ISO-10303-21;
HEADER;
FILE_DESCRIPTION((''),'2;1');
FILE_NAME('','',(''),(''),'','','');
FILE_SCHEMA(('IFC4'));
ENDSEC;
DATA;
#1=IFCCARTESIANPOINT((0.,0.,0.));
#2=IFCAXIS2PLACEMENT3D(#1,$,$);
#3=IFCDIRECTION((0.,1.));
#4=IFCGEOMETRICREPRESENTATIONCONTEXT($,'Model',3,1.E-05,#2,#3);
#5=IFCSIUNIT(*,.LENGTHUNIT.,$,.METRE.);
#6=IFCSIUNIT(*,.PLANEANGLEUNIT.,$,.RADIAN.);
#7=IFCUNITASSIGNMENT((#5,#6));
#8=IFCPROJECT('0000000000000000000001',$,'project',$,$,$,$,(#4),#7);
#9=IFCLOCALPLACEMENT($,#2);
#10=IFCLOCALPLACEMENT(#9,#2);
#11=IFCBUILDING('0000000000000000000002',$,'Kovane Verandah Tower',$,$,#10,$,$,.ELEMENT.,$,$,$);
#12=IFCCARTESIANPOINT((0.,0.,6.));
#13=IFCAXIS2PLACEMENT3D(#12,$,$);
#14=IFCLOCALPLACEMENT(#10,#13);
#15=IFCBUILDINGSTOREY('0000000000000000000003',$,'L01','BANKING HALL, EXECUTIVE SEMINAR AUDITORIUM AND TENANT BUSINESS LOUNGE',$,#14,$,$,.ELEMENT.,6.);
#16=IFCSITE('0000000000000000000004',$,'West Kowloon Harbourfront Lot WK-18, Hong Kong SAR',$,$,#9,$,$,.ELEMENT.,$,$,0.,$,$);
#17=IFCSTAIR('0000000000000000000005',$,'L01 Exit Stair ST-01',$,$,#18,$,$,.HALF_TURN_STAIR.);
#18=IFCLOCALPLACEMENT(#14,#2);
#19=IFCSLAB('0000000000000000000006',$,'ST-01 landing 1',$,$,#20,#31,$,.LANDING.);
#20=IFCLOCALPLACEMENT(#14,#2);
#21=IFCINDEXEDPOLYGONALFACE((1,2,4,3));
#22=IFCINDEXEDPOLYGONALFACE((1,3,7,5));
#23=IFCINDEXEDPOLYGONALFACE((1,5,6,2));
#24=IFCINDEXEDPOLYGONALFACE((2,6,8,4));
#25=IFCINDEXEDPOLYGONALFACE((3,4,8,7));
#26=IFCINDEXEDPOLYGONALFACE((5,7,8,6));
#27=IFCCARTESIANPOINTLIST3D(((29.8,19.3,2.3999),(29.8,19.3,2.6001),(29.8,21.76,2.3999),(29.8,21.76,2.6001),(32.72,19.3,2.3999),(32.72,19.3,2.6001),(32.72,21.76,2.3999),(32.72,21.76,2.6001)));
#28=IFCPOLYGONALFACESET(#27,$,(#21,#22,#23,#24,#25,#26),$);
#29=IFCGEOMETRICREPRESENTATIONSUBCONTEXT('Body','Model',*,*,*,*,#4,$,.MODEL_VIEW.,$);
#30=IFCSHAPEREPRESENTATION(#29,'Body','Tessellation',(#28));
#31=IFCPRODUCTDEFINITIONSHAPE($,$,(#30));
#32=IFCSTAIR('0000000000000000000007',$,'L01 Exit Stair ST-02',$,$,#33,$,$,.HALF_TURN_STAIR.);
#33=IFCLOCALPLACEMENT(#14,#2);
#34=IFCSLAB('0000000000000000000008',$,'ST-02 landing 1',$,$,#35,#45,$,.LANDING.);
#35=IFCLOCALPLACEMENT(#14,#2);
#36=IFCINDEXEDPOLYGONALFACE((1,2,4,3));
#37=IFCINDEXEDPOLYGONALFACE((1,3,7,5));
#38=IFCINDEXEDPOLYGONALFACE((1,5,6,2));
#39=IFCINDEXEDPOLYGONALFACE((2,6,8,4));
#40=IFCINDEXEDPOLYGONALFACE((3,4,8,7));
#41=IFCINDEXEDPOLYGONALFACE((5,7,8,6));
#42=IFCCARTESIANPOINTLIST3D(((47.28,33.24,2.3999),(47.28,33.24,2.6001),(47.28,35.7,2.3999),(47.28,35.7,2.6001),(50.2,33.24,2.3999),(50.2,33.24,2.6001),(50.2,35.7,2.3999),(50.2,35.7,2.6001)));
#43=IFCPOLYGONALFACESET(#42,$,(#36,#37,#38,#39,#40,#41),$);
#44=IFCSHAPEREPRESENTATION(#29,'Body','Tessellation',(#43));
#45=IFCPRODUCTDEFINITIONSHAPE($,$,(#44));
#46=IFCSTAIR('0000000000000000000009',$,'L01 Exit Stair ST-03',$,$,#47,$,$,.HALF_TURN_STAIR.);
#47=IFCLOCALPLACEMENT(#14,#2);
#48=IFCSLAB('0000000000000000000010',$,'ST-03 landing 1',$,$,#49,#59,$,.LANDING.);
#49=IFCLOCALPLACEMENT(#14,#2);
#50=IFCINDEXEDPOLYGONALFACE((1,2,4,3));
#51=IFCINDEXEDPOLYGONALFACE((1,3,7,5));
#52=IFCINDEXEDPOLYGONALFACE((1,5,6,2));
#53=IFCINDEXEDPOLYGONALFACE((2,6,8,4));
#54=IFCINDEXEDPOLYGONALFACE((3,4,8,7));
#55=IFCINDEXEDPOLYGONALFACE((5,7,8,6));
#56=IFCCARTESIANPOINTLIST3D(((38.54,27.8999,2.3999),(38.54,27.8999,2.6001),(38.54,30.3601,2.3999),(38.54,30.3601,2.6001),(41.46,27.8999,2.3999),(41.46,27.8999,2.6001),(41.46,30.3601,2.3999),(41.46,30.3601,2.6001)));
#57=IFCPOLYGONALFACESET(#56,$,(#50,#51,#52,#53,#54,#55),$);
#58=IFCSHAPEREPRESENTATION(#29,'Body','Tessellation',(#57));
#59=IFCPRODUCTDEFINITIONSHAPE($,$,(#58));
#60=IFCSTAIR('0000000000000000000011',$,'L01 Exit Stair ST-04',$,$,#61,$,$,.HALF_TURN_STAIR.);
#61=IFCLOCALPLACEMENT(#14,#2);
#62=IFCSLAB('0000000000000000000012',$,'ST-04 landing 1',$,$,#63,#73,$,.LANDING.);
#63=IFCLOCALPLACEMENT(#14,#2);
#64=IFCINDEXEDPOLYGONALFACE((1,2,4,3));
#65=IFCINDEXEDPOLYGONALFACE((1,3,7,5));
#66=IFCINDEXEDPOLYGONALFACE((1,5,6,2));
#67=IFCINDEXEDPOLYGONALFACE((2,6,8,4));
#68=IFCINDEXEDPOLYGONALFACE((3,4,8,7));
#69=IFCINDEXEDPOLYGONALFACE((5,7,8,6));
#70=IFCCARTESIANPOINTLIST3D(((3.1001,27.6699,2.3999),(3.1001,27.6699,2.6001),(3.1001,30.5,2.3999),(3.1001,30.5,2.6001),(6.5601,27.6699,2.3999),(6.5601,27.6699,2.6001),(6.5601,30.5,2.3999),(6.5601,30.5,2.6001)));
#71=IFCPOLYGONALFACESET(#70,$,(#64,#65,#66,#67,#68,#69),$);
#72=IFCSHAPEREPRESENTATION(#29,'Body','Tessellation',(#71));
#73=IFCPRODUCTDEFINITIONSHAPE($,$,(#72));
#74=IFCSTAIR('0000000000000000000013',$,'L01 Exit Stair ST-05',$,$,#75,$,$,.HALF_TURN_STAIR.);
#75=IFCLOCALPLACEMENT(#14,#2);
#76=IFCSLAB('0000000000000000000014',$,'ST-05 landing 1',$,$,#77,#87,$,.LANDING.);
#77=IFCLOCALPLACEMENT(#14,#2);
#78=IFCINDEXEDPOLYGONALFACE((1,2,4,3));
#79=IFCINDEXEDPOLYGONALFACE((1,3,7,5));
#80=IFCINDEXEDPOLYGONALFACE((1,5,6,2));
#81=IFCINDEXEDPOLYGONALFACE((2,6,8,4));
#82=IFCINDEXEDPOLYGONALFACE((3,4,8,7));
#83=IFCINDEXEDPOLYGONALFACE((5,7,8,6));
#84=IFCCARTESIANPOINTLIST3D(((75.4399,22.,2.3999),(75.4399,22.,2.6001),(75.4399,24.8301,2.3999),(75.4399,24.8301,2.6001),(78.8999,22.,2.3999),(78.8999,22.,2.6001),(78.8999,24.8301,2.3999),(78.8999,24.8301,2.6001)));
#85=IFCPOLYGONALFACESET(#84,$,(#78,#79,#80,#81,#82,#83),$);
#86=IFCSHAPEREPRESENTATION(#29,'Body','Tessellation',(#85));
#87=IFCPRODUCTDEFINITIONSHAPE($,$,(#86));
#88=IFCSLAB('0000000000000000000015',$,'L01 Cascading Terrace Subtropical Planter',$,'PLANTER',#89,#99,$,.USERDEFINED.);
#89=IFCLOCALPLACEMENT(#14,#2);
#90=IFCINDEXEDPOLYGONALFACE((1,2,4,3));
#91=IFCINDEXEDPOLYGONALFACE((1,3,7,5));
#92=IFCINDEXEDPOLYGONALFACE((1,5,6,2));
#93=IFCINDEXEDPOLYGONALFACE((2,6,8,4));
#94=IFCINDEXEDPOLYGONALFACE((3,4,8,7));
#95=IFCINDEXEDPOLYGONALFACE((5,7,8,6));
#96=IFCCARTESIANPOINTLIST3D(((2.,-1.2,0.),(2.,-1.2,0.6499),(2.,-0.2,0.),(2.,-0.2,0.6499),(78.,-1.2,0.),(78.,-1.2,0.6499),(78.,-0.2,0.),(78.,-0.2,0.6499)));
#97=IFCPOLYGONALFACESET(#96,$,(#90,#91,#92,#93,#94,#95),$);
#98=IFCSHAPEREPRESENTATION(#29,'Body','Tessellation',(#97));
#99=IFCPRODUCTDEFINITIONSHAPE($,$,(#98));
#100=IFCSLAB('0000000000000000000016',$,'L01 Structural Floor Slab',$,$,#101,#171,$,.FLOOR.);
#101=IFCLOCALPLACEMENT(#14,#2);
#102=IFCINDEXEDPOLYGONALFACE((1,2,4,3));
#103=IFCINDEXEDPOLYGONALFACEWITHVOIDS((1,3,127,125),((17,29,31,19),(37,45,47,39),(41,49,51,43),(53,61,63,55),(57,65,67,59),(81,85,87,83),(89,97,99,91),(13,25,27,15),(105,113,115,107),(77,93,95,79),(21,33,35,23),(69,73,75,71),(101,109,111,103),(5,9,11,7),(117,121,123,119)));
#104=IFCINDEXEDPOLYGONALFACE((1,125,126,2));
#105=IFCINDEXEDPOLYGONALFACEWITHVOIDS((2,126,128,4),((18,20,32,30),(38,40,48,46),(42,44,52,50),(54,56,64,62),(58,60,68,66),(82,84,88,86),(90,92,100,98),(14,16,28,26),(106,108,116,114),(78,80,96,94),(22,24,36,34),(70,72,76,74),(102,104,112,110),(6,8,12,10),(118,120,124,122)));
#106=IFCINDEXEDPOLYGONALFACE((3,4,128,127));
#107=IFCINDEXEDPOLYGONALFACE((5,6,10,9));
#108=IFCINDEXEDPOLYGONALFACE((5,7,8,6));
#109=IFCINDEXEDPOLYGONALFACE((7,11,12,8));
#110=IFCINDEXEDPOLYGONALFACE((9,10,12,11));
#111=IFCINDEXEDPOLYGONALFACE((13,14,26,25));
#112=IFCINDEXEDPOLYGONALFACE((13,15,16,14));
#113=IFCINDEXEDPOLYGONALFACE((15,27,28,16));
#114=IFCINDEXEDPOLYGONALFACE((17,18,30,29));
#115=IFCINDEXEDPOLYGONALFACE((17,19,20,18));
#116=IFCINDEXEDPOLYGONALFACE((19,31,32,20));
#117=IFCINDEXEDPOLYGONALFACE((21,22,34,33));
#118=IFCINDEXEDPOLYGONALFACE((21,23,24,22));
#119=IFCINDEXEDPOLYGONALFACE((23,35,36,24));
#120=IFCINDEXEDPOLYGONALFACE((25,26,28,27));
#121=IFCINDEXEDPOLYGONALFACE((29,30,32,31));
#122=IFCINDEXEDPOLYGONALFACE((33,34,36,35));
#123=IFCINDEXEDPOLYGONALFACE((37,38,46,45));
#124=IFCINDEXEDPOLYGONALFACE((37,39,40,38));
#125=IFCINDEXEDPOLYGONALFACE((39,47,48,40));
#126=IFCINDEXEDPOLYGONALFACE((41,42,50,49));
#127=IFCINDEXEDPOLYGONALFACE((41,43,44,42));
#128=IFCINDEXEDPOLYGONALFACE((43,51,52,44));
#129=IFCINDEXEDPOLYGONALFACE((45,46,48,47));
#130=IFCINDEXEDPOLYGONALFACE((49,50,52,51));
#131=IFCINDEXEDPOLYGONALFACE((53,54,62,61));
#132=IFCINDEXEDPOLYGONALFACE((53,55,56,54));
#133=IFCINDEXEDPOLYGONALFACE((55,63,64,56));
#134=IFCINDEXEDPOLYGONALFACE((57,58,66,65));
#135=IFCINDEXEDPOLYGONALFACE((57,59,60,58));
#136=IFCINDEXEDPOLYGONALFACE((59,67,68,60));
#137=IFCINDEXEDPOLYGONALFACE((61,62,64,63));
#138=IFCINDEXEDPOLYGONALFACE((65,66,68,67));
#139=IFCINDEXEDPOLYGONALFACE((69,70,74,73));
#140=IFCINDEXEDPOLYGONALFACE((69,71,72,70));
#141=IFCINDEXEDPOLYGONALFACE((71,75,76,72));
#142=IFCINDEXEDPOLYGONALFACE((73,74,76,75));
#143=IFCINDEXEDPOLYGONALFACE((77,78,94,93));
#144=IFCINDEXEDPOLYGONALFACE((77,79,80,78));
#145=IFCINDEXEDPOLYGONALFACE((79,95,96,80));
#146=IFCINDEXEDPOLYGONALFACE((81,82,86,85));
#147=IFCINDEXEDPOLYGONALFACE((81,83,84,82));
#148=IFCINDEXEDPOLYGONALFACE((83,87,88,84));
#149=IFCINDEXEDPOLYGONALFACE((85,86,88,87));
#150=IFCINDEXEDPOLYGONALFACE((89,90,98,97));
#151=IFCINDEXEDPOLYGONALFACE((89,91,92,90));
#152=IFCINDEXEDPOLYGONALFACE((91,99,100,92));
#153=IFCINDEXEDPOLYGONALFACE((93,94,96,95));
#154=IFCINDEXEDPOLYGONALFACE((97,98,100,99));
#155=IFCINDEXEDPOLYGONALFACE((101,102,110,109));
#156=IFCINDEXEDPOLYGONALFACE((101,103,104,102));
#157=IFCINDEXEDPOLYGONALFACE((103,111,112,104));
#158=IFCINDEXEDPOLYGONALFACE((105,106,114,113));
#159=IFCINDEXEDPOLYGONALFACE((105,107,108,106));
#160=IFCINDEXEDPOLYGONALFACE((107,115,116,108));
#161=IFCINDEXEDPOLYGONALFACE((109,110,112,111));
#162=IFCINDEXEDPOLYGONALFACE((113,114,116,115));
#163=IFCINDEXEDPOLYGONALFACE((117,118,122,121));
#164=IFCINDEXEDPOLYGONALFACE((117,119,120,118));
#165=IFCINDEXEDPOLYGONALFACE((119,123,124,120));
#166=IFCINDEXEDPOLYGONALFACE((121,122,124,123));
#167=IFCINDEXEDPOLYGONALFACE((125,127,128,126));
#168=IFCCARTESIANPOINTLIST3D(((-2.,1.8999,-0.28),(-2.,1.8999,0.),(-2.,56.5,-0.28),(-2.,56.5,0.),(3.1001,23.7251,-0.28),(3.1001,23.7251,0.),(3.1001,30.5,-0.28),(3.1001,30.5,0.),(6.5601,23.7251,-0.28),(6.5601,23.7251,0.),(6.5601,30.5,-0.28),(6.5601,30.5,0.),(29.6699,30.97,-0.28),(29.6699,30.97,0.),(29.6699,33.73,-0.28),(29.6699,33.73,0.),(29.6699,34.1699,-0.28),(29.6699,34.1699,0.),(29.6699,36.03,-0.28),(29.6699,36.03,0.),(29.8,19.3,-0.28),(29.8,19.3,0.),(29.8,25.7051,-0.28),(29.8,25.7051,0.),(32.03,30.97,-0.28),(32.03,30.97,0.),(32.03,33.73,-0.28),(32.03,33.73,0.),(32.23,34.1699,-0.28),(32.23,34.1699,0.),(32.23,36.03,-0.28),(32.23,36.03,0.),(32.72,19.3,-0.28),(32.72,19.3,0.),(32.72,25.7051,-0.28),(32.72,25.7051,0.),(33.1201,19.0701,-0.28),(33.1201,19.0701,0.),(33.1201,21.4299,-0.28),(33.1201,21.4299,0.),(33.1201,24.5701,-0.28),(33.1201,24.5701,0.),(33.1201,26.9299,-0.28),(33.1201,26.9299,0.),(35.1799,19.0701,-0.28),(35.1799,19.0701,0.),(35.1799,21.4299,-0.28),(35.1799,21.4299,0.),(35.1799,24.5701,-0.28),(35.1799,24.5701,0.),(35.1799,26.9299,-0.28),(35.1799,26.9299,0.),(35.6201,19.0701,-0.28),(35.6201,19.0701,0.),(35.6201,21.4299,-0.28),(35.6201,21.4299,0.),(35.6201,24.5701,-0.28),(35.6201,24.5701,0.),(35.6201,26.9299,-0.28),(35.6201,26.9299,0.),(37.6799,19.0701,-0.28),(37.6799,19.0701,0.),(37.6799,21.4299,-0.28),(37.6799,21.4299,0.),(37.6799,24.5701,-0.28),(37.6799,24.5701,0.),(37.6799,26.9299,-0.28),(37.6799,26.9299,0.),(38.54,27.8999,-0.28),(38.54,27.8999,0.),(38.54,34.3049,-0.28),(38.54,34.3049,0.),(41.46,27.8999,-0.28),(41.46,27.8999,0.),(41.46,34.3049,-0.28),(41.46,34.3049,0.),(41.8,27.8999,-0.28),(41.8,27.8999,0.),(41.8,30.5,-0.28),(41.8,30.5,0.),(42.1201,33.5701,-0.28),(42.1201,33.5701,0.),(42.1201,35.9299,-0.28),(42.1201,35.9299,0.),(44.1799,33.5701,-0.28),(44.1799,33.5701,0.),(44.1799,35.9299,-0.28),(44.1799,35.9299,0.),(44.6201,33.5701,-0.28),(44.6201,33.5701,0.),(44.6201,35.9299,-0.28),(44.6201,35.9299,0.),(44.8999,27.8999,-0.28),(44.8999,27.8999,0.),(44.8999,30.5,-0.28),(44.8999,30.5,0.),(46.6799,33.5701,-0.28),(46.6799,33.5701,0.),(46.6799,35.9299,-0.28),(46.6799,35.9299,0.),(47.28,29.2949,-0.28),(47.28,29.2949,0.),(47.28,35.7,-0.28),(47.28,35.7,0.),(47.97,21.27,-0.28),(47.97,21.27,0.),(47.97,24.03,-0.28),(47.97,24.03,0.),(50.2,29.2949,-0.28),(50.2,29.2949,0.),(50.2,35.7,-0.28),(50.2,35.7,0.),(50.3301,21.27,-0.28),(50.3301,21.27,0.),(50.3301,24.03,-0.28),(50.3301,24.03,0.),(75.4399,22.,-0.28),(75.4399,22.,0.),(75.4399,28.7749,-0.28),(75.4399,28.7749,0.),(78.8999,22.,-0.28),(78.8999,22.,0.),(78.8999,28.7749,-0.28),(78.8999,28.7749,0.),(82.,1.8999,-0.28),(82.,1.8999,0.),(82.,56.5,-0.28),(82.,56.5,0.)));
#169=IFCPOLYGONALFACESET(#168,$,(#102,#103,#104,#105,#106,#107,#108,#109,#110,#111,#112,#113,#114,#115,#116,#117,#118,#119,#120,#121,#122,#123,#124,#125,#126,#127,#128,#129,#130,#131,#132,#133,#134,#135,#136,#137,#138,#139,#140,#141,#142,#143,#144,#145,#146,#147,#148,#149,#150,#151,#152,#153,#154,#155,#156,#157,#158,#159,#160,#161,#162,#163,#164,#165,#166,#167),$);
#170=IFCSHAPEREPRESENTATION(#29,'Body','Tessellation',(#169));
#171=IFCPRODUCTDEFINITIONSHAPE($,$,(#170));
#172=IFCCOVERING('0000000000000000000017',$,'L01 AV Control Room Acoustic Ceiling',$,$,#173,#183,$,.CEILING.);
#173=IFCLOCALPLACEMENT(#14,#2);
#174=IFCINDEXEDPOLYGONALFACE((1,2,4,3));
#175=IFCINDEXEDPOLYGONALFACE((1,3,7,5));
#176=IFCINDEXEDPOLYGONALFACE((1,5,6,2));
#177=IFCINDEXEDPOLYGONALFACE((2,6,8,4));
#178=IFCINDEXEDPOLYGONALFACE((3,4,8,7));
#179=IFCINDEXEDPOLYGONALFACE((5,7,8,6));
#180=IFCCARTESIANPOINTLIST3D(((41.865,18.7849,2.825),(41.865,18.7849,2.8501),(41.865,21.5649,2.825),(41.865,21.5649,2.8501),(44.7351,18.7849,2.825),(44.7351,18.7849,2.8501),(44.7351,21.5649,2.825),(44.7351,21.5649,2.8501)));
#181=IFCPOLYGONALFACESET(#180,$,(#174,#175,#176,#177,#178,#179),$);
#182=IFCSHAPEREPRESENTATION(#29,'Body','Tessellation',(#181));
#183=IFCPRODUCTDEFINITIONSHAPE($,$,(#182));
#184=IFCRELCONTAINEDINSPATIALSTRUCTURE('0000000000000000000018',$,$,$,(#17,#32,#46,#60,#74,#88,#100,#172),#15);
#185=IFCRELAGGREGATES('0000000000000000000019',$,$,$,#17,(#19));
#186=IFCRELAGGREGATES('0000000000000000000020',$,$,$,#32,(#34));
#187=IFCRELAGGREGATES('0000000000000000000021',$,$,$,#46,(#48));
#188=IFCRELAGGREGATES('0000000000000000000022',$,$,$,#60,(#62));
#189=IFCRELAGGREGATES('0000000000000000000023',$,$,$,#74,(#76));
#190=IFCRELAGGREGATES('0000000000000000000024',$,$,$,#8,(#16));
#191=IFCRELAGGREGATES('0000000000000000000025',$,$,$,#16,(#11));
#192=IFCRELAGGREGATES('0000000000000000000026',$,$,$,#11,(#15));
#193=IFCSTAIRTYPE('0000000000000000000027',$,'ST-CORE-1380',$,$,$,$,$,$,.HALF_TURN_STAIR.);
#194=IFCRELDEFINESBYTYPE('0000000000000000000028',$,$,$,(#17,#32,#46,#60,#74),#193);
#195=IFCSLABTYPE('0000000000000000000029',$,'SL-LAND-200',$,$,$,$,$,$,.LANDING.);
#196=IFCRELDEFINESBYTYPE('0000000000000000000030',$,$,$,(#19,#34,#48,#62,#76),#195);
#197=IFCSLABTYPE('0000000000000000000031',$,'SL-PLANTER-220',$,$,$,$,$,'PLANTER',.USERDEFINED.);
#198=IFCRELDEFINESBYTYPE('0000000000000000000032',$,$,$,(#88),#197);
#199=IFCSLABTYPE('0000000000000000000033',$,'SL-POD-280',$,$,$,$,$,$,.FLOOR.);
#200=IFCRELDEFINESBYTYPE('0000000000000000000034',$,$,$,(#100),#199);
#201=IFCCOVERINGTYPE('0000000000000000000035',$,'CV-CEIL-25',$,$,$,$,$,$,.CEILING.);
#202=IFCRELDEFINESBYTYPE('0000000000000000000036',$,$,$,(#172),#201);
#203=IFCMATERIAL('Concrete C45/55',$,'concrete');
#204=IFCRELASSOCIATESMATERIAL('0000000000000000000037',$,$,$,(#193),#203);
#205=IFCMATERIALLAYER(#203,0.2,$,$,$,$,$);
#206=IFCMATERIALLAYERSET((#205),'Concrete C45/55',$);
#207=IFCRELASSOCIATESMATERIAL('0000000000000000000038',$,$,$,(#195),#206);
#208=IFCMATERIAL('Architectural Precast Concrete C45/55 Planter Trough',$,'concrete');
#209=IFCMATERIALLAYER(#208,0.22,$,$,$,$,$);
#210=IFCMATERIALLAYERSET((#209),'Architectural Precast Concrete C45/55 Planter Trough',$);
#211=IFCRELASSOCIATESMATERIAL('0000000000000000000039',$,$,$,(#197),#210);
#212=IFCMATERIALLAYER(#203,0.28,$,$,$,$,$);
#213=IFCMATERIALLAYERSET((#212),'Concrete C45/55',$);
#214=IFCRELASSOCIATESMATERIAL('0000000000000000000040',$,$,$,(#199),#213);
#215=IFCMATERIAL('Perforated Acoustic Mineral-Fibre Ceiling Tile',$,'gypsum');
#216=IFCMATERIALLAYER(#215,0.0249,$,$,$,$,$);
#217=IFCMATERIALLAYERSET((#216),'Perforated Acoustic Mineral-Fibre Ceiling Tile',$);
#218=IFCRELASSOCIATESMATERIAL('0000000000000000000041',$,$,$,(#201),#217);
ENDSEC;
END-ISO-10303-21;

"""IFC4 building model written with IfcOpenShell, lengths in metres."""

from ifc_helpers import new_model, si_unit, direction, frame, origin, place, context, subcontext, project, spatial, polyline, outline, extrude, material, layer, layer_set, type_object, element, aggregate, save


model = new_model("IFC4")

# Units and contexts
model_context = context("Model", 3, precision=1e-05, world=origin(), true_north=direction((0.0, 1.0)))
body_context = subcontext(model_context, "Body", "Model", "MODEL_VIEW")
ifc_project = project(units=[si_unit("LENGTHUNIT", "METRE"), si_unit("PLANEANGLEUNIT", "RADIAN")], contexts=[model_context])

# Site, building, storey
site_placement = place(None, origin())
site = spatial("IfcSite", under=ifc_project, at=site_placement, Name="West Kowloon Harbourfront Lot WK-18, Hong Kong SAR", CompositionType="ELEMENT", RefElevation=0.0)
building_placement = place(site_placement, origin())
building = spatial("IfcBuilding", under=site, at=building_placement, Name="Kovane Verandah Tower", CompositionType="ELEMENT")
storey_placement = place(building_placement, frame((0.0, 0.0, 6.0)))
storey = spatial("IfcBuildingStorey", under=building, at=storey_placement, Name="L01", Description="BANKING HALL, EXECUTIVE SEMINAR AUDITORIUM AND TENANT BUSINESS LOUNGE", CompositionType="ELEMENT", Elevation=6.0)

# Shared definitions
ifc_material_1 = material(Name="Concrete C45/55", Category="concrete")

# Stairs, slabs
stair_type = type_object("IfcStairType", Name="ST-CORE-1380", PredefinedType="HALF_TURN_STAIR", material=ifc_material_1)
stair_1_placement = place(storey_placement, origin())
stair_1 = element("IfcStair", 1, at=stair_1_placement, inside=storey, type_object=stair_type, Name="L01 Exit Stair ST-01", PredefinedType="HALF_TURN_STAIR")
ifc_layer_1 = layer(ifc_material_1, 0.2)
ifc_layer_set_1 = layer_set([ifc_layer_1], Name="Concrete C45/55")
slab_type_1 = type_object("IfcSlabType", Name="SL-LAND-200", PredefinedType="LANDING", material=ifc_layer_set_1)
slab_1_placement = place(storey_placement, frame((0.0, 0.0, 2.3999)))
slab_1 = element("IfcSlab", 2, at=slab_1_placement, type_object=slab_type_1, Name="ST-01 landing 1", PredefinedType="LANDING", context=body_context, shape_type="SweptSolid", body=[
    extrude(outline(polyline([(29.8, 21.76), (29.8, 19.3), (32.72, 19.3), (32.72, 21.76), (29.8, 21.76)])), origin(), (0.0, 0.0, 1.0), 0.2002),
])
aggregate(stair_1, [slab_1])
stair_2_placement = place(storey_placement, origin())
stair_2 = element("IfcStair", 3, at=stair_2_placement, inside=storey, type_object=stair_type, Name="L01 Exit Stair ST-02", PredefinedType="HALF_TURN_STAIR")
slab_2_placement = place(storey_placement, frame((0.0, 0.0, 2.3999)))
slab_2 = element("IfcSlab", 4, at=slab_2_placement, type_object=slab_type_1, Name="ST-02 landing 1", PredefinedType="LANDING", context=body_context, shape_type="SweptSolid", body=[
    extrude(outline(polyline([(50.2, 33.24), (50.2, 35.7), (47.28, 35.7), (47.28, 33.24), (50.2, 33.24)])), origin(), (0.0, 0.0, 1.0), 0.2002),
])
aggregate(stair_2, [slab_2])
stair_3_placement = place(storey_placement, origin())
stair_3 = element("IfcStair", 5, at=stair_3_placement, inside=storey, type_object=stair_type, Name="L01 Exit Stair ST-03", PredefinedType="HALF_TURN_STAIR")
slab_3_placement = place(storey_placement, frame((0.0, 0.0, 2.3999)))
slab_3 = element("IfcSlab", 6, at=slab_3_placement, type_object=slab_type_1, Name="ST-03 landing 1", PredefinedType="LANDING", context=body_context, shape_type="SweptSolid", body=[
    extrude(outline(polyline([(38.54, 30.3601), (38.54, 27.8999), (41.46, 27.8999), (41.46, 30.3601), (38.54, 30.3601)])), origin(), (0.0, 0.0, 1.0), 0.2002),
])
aggregate(stair_3, [slab_3])
stair_4_placement = place(storey_placement, origin())
stair_4 = element("IfcStair", 7, at=stair_4_placement, inside=storey, type_object=stair_type, Name="L01 Exit Stair ST-04", PredefinedType="HALF_TURN_STAIR")
slab_4_placement = place(storey_placement, frame((0.0, 0.0, 2.3999)))
slab_4 = element("IfcSlab", 8, at=slab_4_placement, type_object=slab_type_1, Name="ST-04 landing 1", PredefinedType="LANDING", context=body_context, shape_type="SweptSolid", body=[
    extrude(outline(polyline([(6.5601, 27.6699), (6.5601, 30.5), (3.1001, 30.5), (3.1001, 27.6699), (6.5601, 27.6699)])), origin(), (0.0, 0.0, 1.0), 0.2002),
])
aggregate(stair_4, [slab_4])
stair_5_placement = place(storey_placement, origin())
stair_5 = element("IfcStair", 9, at=stair_5_placement, inside=storey, type_object=stair_type, Name="L01 Exit Stair ST-05", PredefinedType="HALF_TURN_STAIR")
slab_5_placement = place(storey_placement, frame((0.0, 0.0, 2.3999)))
slab_5 = element("IfcSlab", 10, at=slab_5_placement, type_object=slab_type_1, Name="ST-05 landing 1", PredefinedType="LANDING", context=body_context, shape_type="SweptSolid", body=[
    extrude(outline(polyline([(75.4399, 24.8301), (75.4399, 22.0), (78.8999, 22.0), (78.8999, 24.8301), (75.4399, 24.8301)])), origin(), (0.0, 0.0, 1.0), 0.2002),
])
aggregate(stair_5, [slab_5])

# Slabs
ifc_material_2 = material(Name="Architectural Precast Concrete C45/55 Planter Trough", Category="concrete")
ifc_layer_2 = layer(ifc_material_2, 0.22)
ifc_layer_set_2 = layer_set([ifc_layer_2], Name="Architectural Precast Concrete C45/55 Planter Trough")
slab_type_2 = type_object("IfcSlabType", Name="SL-PLANTER-220", ElementType="PLANTER", PredefinedType="USERDEFINED", material=ifc_layer_set_2)
slab_6_placement = place(storey_placement, origin())
element("IfcSlab", 11, at=slab_6_placement, inside=storey, type_object=slab_type_2, Name="L01 Cascading Terrace Subtropical Planter", ObjectType="PLANTER", PredefinedType="USERDEFINED", context=body_context, shape_type="SweptSolid", body=[
    extrude(outline(polyline([(2.0, -1.2), (78.0, -1.2), (78.0, -0.2), (2.0, -0.2), (2.0, -1.2)])), origin(), (0.0, 0.0, 1.0), 0.6499),
])
ifc_layer_3 = layer(ifc_material_1, 0.28)
ifc_layer_set_3 = layer_set([ifc_layer_3], Name="Concrete C45/55")
slab_type_3 = type_object("IfcSlabType", Name="SL-POD-280", PredefinedType="FLOOR", material=ifc_layer_set_3)
slab_7_placement = place(storey_placement, frame((0.0, 0.0, -0.28)))
element("IfcSlab", 12, at=slab_7_placement, inside=storey, type_object=slab_type_3, Name="L01 Structural Floor Slab", PredefinedType="FLOOR", context=body_context, shape_type="SweptSolid", body=[
    extrude(outline(polyline([(-2.0, 1.8999), (82.0, 1.8999), (82.0, 56.5), (-2.0, 56.5), (-2.0, 1.8999)]), holes=[polyline([(29.8, 19.3), (32.72, 19.3), (32.72, 25.7051), (29.8, 25.7051), (29.8, 19.3)]), polyline([(47.28, 29.2949), (50.2, 29.2949), (50.2, 35.7), (47.28, 35.7), (47.28, 29.2949)]), polyline([(38.54, 27.8999), (41.46, 27.8999), (41.46, 34.3049), (38.54, 34.3049), (38.54, 27.8999)]), polyline([(3.1001, 23.7251), (6.5601, 23.7251), (6.5601, 30.5), (3.1001, 30.5), (3.1001, 23.7251)]), polyline([(75.4399, 22.0), (78.8999, 22.0), (78.8999, 28.7749), (75.4399, 28.7749), (75.4399, 22.0)]), polyline([(29.6699, 30.97), (32.03, 30.97), (32.03, 33.73), (29.6699, 33.73), (29.6699, 30.97)]), polyline([(47.97, 21.27), (50.3301, 21.27), (50.3301, 24.03), (47.97, 24.03), (47.97, 21.27)]), polyline([(29.6699, 34.1699), (32.23, 34.1699), (32.23, 36.03), (29.6699, 36.03), (29.6699, 34.1699)]), polyline([(33.1201, 19.0701), (35.1799, 19.0701), (35.1799, 21.4299), (33.1201, 21.4299), (33.1201, 19.0701)]), polyline([(35.6201, 19.0701), (37.6799, 19.0701), (37.6799, 21.4299), (35.6201, 21.4299), (35.6201, 19.0701)]), polyline([(33.1201, 24.5701), (35.1799, 24.5701), (35.1799, 26.9299), (33.1201, 26.9299), (33.1201, 24.5701)]), polyline([(35.6201, 24.5701), (37.6799, 24.5701), (37.6799, 26.9299), (35.6201, 26.9299), (35.6201, 24.5701)]), polyline([(42.1201, 33.5701), (44.1799, 33.5701), (44.1799, 35.9299), (42.1201, 35.9299), (42.1201, 33.5701)]), polyline([(44.6201, 33.5701), (46.6799, 33.5701), (46.6799, 35.9299), (44.6201, 35.9299), (44.6201, 33.5701)]), polyline([(41.8, 27.8999), (44.8999, 27.8999), (44.8999, 30.5), (41.8, 30.5), (41.8, 27.8999)])]), origin(), (0.0, 0.0, 1.0), 0.28),
])

# Covering
ifc_material_3 = material(Name="Perforated Acoustic Mineral-Fibre Ceiling Tile", Category="gypsum")
ifc_layer_4 = layer(ifc_material_3, 0.0249)
ifc_layer_set_4 = layer_set([ifc_layer_4], Name="Perforated Acoustic Mineral-Fibre Ceiling Tile")
covering_type_1 = type_object("IfcCoveringType", Name="CV-CEIL-25", PredefinedType="CEILING", material=ifc_layer_set_4)
covering_1_placement = place(storey_placement, frame((0.0, 0.0, 2.825)))
element("IfcCovering", 13, at=covering_1_placement, inside=storey, type_object=covering_type_1, Name="L01 AV Control Room Acoustic Ceiling", PredefinedType="CEILING", context=body_context, shape_type="SweptSolid", body=[
    extrude(outline(polyline([(41.865, 18.7849), (44.7351, 18.7849), (44.7351, 21.5649), (41.865, 21.5649), (41.865, 18.7849)])), origin(), (0.0, 0.0, 1.0), 0.0251),
])

save(model, "model.ifc")
